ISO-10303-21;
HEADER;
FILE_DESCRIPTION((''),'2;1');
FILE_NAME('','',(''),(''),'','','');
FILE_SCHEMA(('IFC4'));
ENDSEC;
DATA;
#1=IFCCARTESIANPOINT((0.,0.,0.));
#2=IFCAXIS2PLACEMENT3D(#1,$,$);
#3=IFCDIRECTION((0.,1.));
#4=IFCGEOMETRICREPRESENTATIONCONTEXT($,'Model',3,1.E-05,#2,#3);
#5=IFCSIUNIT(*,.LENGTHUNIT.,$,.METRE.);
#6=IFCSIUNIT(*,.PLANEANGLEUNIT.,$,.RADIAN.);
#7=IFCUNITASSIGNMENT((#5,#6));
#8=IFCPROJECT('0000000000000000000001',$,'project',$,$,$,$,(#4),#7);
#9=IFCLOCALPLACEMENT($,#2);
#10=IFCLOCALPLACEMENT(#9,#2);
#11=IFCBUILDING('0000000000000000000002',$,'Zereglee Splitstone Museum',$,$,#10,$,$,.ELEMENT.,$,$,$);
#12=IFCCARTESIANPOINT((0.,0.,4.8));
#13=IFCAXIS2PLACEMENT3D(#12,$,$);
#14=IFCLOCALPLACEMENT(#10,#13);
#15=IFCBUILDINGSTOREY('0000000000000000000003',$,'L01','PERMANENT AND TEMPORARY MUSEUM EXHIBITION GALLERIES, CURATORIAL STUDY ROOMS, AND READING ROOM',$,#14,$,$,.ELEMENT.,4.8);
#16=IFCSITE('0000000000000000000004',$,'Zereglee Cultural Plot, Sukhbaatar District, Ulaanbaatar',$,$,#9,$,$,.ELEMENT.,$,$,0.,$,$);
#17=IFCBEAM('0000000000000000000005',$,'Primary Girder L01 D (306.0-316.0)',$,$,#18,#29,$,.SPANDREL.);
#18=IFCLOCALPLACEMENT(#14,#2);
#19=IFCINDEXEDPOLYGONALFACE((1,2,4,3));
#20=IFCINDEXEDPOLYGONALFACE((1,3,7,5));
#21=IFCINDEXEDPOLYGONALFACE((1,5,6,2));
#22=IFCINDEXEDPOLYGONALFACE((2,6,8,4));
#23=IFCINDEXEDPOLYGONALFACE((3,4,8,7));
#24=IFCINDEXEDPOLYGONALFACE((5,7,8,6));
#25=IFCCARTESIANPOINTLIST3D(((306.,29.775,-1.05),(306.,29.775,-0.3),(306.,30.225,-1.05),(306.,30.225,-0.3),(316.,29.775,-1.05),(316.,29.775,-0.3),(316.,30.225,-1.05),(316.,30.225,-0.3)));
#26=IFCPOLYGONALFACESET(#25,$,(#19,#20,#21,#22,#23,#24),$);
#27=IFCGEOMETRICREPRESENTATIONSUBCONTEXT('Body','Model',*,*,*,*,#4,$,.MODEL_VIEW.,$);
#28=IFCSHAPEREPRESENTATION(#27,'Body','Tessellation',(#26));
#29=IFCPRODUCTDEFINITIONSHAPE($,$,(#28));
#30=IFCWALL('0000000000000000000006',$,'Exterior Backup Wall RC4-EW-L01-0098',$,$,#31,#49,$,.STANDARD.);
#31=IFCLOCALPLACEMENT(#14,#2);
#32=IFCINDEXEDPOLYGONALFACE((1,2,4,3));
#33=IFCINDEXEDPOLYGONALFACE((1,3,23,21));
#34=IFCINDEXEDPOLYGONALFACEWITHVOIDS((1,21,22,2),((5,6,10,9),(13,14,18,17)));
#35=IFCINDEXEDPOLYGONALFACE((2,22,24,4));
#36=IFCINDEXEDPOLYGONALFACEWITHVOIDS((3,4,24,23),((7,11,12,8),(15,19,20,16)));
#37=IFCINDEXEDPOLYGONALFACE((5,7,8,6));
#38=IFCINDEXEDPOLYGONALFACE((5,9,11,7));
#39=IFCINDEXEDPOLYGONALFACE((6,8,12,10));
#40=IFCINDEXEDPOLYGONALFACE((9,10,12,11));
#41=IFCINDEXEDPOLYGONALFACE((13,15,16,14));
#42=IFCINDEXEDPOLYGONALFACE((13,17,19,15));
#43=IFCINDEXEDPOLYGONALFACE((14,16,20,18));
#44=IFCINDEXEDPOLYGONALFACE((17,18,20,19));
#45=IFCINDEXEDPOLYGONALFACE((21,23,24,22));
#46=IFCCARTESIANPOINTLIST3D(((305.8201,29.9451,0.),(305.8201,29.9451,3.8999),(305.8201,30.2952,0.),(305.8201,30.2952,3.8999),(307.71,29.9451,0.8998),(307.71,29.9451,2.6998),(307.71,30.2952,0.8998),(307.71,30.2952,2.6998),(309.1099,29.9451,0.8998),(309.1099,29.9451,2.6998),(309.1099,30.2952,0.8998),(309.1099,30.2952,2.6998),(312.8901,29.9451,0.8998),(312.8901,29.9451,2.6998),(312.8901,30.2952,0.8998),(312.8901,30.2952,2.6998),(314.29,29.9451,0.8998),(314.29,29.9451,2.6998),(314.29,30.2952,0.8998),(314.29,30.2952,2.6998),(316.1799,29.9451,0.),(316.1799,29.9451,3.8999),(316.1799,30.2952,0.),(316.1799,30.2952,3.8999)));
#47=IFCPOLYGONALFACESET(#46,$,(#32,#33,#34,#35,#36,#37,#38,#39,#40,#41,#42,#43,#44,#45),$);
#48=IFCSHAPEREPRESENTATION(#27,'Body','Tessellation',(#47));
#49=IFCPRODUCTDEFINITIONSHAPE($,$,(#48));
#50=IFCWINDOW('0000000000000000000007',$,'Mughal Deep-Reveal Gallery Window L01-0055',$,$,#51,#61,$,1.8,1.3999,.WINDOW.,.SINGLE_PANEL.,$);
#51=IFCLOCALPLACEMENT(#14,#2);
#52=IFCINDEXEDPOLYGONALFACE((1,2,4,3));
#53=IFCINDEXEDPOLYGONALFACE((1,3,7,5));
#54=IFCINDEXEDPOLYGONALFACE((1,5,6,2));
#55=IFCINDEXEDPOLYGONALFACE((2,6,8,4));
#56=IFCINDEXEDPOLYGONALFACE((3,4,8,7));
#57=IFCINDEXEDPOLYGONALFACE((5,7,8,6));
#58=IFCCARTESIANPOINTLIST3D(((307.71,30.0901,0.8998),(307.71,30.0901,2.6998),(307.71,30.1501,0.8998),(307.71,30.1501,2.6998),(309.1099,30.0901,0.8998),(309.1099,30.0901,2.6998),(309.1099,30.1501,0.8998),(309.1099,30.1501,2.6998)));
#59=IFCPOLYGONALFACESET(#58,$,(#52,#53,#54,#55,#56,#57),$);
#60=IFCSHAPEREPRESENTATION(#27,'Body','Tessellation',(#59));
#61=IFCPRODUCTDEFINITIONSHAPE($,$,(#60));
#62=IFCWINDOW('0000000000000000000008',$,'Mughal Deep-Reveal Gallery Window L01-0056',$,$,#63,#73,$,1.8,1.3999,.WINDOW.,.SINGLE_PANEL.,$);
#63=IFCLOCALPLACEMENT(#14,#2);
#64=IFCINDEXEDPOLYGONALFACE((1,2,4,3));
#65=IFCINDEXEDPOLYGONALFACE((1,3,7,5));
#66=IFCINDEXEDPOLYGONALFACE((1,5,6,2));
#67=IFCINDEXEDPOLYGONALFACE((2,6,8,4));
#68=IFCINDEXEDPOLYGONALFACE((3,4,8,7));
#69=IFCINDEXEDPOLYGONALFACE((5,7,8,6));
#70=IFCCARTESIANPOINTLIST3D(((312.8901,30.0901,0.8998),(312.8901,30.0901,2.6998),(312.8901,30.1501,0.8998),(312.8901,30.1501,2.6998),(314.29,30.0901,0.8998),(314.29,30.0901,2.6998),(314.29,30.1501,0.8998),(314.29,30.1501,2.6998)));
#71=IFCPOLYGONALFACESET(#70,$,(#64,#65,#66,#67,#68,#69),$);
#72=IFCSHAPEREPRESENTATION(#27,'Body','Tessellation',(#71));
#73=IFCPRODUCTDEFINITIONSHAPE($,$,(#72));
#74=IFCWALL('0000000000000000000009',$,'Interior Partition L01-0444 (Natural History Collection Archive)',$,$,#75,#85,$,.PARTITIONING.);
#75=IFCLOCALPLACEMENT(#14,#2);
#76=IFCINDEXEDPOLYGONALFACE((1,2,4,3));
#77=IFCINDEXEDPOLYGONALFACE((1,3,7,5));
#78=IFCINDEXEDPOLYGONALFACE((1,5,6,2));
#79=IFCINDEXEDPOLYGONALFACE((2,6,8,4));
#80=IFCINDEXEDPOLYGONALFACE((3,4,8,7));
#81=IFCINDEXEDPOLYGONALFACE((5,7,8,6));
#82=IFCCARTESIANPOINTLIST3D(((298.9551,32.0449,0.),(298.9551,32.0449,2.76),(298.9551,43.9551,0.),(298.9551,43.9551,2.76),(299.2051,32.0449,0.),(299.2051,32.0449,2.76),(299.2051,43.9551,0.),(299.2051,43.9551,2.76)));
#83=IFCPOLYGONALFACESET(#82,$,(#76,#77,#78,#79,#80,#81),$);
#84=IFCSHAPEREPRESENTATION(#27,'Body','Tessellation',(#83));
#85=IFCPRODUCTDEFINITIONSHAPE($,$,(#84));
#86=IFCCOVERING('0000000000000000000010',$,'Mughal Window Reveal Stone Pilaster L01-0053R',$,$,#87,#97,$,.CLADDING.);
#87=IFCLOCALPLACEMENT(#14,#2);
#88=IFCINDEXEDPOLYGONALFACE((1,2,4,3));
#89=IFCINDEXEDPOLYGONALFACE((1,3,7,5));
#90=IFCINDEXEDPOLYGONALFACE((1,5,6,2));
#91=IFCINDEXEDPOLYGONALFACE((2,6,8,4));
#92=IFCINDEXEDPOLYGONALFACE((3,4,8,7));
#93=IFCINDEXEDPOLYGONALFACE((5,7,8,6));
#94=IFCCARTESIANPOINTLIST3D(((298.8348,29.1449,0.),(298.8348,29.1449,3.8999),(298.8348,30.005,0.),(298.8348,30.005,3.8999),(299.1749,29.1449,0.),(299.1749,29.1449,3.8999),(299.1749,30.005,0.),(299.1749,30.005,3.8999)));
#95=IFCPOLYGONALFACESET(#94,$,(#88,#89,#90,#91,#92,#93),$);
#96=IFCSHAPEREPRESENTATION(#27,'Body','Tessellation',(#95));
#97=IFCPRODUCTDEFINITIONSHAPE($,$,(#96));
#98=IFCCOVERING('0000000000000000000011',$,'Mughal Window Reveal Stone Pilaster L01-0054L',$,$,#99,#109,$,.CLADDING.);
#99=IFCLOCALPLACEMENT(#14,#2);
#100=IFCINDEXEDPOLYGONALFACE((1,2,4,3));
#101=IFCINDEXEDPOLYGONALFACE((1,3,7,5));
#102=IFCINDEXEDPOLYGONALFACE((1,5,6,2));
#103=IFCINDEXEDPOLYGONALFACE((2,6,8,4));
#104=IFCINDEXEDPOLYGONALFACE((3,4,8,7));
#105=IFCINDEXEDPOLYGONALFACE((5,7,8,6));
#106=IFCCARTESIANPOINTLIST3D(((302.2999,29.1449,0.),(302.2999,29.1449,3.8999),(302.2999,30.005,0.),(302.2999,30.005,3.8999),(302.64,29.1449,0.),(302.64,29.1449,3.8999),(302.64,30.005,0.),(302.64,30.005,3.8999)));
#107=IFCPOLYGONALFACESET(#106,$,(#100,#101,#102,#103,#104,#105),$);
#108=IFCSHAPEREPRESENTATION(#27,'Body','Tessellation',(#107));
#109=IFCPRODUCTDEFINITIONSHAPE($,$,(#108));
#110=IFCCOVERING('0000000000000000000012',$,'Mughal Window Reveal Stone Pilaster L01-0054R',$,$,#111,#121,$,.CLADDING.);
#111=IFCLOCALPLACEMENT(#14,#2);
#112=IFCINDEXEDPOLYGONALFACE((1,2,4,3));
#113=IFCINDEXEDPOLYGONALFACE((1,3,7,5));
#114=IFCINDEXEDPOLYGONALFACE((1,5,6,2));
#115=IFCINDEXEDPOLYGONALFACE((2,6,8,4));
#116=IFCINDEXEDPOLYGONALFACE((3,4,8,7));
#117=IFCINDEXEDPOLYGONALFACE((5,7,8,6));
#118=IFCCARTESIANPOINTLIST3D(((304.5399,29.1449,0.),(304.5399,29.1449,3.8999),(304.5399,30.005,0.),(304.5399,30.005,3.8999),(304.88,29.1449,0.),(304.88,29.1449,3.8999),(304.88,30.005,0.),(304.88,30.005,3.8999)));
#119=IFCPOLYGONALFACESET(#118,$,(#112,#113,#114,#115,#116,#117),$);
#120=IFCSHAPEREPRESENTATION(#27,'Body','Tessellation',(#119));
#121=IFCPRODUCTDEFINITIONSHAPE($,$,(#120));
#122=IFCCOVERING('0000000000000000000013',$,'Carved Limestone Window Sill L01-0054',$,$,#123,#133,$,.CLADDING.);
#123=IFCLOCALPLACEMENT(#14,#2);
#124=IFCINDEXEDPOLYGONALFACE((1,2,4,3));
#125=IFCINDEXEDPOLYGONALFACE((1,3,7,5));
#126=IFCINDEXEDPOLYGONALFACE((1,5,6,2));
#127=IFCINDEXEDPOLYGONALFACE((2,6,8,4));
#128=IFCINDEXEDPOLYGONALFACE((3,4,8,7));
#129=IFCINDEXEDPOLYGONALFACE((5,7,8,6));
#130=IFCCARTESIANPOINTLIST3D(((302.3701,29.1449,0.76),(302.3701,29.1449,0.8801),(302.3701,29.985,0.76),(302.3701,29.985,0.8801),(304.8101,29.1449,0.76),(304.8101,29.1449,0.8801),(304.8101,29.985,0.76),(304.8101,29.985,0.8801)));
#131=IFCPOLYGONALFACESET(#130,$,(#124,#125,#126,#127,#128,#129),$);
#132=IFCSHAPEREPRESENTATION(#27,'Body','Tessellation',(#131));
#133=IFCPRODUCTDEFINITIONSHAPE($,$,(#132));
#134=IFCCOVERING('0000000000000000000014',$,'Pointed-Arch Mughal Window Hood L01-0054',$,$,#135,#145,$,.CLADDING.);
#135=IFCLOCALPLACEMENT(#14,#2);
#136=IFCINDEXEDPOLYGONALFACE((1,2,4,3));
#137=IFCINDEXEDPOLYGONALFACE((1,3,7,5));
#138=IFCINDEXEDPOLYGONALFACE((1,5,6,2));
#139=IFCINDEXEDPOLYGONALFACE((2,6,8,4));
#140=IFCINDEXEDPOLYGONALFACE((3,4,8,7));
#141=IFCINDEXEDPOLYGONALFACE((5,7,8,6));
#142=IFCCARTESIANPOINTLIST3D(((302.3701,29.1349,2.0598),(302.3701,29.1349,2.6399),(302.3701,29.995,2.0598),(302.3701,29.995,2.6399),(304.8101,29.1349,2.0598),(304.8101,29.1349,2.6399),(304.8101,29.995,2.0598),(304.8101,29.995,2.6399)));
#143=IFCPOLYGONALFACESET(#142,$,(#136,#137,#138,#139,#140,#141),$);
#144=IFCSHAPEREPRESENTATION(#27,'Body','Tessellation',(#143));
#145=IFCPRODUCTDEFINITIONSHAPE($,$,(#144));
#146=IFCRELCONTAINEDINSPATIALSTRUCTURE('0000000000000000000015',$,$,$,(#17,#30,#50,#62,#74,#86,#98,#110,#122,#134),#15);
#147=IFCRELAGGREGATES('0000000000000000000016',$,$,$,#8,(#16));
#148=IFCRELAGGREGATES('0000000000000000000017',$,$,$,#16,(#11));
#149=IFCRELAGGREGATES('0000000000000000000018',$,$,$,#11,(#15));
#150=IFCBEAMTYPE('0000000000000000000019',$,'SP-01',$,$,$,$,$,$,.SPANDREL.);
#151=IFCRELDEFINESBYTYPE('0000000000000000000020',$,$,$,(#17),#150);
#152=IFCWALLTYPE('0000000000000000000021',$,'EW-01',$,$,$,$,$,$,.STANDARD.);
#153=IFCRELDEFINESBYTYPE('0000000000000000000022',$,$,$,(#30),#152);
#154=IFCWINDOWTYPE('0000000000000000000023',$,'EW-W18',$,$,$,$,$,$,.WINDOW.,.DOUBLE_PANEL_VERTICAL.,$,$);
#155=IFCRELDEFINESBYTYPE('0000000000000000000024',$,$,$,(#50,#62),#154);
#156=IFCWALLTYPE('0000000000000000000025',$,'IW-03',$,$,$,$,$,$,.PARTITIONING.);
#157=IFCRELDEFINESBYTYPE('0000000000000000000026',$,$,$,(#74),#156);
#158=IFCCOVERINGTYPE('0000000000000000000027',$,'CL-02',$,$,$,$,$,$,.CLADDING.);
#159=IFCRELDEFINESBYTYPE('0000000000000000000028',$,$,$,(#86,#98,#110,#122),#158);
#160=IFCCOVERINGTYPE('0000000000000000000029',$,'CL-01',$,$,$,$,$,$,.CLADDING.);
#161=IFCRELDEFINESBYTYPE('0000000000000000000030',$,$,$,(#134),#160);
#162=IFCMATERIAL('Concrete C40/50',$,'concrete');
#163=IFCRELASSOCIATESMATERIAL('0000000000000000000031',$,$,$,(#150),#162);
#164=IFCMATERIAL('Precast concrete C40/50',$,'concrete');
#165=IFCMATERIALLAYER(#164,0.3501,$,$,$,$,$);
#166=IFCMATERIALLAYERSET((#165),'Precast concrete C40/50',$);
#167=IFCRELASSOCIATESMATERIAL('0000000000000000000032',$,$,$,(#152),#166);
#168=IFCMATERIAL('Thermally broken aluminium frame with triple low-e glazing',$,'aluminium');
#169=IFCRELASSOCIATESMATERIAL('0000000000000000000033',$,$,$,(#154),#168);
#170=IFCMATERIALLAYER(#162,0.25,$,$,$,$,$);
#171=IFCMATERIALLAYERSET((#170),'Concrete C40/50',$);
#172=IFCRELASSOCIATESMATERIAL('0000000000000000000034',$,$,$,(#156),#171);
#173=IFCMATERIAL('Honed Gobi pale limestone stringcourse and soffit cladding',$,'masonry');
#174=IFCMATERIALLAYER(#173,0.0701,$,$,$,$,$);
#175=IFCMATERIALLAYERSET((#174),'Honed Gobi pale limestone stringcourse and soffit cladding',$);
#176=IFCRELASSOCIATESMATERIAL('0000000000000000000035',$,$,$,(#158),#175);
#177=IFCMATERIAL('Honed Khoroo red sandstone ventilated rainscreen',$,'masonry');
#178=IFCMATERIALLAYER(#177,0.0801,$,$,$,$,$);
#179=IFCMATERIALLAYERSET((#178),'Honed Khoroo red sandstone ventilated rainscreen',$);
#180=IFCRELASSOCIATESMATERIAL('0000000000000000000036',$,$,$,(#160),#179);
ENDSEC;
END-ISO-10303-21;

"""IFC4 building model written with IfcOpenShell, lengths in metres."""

from ifc_helpers import new_model, si_unit, direction, frame, frame_2d, origin, origin_2d, place, context, subcontext, project, spatial, rectangle, extrude, material, layer, layer_set, material_profile, profile_set, type_object, element, fill, save


model = new_model("IFC4")

# Units and contexts
model_context = context("Model", 3, precision=1e-05, world=origin(), true_north=direction((0.0, 1.0)))
body_context = subcontext(model_context, "Body", "Model", "MODEL_VIEW")
ifc_project = project(units=[si_unit("LENGTHUNIT", "METRE"), si_unit("PLANEANGLEUNIT", "RADIAN")], contexts=[model_context])

# Site, building, storey
site_placement = place(None, origin())
site = spatial("IfcSite", under=ifc_project, at=site_placement, Name="Zereglee Cultural Plot, Sukhbaatar District, Ulaanbaatar", CompositionType="ELEMENT", RefElevation=0.0)
building_placement = place(site_placement, origin())
building = spatial("IfcBuilding", under=site, at=building_placement, Name="Zereglee Splitstone Museum", CompositionType="ELEMENT")
storey_placement = place(building_placement, frame((0.0, 0.0, 4.8)))
storey = spatial("IfcBuildingStorey", under=building, at=storey_placement, Name="L01", Description="PERMANENT AND TEMPORARY MUSEUM EXHIBITION GALLERIES, CURATORIAL STUDY ROOMS, AND READING ROOM", CompositionType="ELEMENT", Elevation=4.8)

# Beam
ifc_material_1 = material(Name="Concrete C40/50", Category="concrete")
ifc_material_profile_1 = material_profile(ifc_material_1, rectangle(XDim=0.45, YDim=0.75, at=origin_2d()), Name="RC 450x750")
ifc_profile_set_1 = profile_set([ifc_material_profile_1], Name="Concrete C40/50")
beam_type_1 = type_object("IfcBeamType", Name="SP-01", PredefinedType="SPANDREL", material=ifc_profile_set_1)
beam_1_placement = place(storey_placement, frame((306.0, 30.0, -0.675), z_axis=(1.0, 0.0, 0.0), x_axis=(0.0, 1.0, 0.0)))
element("IfcBeam", 1, at=beam_1_placement, inside=storey, type_object=beam_type_1, Name="Primary Girder L01 D (306.0-316.0)", PredefinedType="SPANDREL", context=body_context, shape_type="SweptSolid", body=[
    extrude(rectangle(XDim=0.45, YDim=0.75, at=origin_2d()), origin(), (0.0, 0.0, 1.0), 10.0),
])

# Wall, openings, windows
ifc_material_2 = material(Name="Precast concrete C40/50", Category="concrete")
ifc_layer_1 = layer(ifc_material_2, 0.3501)
ifc_layer_set_1 = layer_set([ifc_layer_1], Name="Precast concrete C40/50")
wall_type_1 = type_object("IfcWallType", Name="EW-01", PredefinedType="STANDARD", material=ifc_layer_set_1)
wall_1_placement = place(storey_placement, frame((305.8201, 30.1201, 0.0), z_axis=(0.0, 0.0, 1.0), x_axis=(1.0, 0.0, 0.0)))
wall_1 = element("IfcWall", 2, at=wall_1_placement, inside=storey, type_object=wall_type_1, Name="Exterior Backup Wall RC4-EW-L01-0098", PredefinedType="STANDARD", context=body_context, shape_type="SweptSolid", body=[
    extrude(rectangle(XDim=10.3599, YDim=0.3501, at=frame_2d((5.1799, 0.0))), origin(), (0.0, 0.0, 1.0), 3.8999),
])
opening_1_placement = place(wall_1_placement, frame((1.8899, 0.0, 0.8999)))
opening_1 = element("IfcOpeningElement", 3, at=opening_1_placement, cuts=wall_1, PredefinedType="OPENING", context=body_context, shape_type="SweptSolid", body=[
    extrude(rectangle(XDim=1.3999, YDim=1.8, at=frame_2d((0.7, 0.8999))), frame((0.0, 0.1899, 0.0), z_axis=(0.0, -1.0, 0.0), x_axis=(1.0, 0.0, 0.0)), (0.0, 0.0, 1.0), 0.3799),
])
opening_2_placement = place(wall_1_placement, frame((7.0701, 0.0, 0.8999)))
opening_2 = element("IfcOpeningElement", 4, at=opening_2_placement, cuts=wall_1, PredefinedType="OPENING", context=body_context, shape_type="SweptSolid", body=[
    extrude(rectangle(XDim=1.3999, YDim=1.8, at=frame_2d((0.7, 0.8999))), frame((0.0, 0.1899, 0.0), z_axis=(0.0, -1.0, 0.0), x_axis=(1.0, 0.0, 0.0)), (0.0, 0.0, 1.0), 0.3799),
])
ifc_material_3 = material(Name="Thermally broken aluminium frame with triple low-e glazing", Category="aluminium")
window_type = type_object("IfcWindowType", Name="EW-W18", PartitioningType="DOUBLE_PANEL_VERTICAL", PredefinedType="WINDOW", material=ifc_material_3)
window_1_placement = place(opening_1_placement, origin())
window_1 = element("IfcWindow", 5, at=window_1_placement, inside=storey, type_object=window_type, Name="Mughal Deep-Reveal Gallery Window L01-0055", OverallHeight=1.8, OverallWidth=1.3999, PartitioningType="SINGLE_PANEL", PredefinedType="WINDOW", context=body_context, shape_type="SweptSolid", body=[
    extrude(rectangle(XDim=1.3999, YDim=1.8, at=frame_2d((0.7, 0.8999))), frame((0.0, 0.03, 0.0), z_axis=(0.0, -1.0, 0.0), x_axis=(1.0, 0.0, 0.0)), (0.0, 0.0, 1.0), 0.0601),
])
fill(opening_1, window_1)
window_2_placement = place(opening_2_placement, origin())
window_2 = element("IfcWindow", 6, at=window_2_placement, inside=storey, type_object=window_type, Name="Mughal Deep-Reveal Gallery Window L01-0056", OverallHeight=1.8, OverallWidth=1.3999, PartitioningType="SINGLE_PANEL", PredefinedType="WINDOW", context=body_context, shape_type="SweptSolid", body=[
    extrude(rectangle(XDim=1.3999, YDim=1.8, at=frame_2d((0.7, 0.8999))), frame((0.0, 0.03, 0.0), z_axis=(0.0, -1.0, 0.0), x_axis=(1.0, 0.0, 0.0)), (0.0, 0.0, 1.0), 0.0601),
])
fill(opening_2, window_2)

# Wall
ifc_layer_2 = layer(ifc_material_1, 0.25)
ifc_layer_set_2 = layer_set([ifc_layer_2], Name="Concrete C40/50")
wall_type_2 = type_object("IfcWallType", Name="IW-03", PredefinedType="PARTITIONING", material=ifc_layer_set_2)
wall_2_placement = place(storey_placement, frame((299.0801, 32.0449, 0.0), z_axis=(0.0, 0.0, 1.0), x_axis=(0.0, 1.0, 0.0)))
element("IfcWall", 7, at=wall_2_placement, inside=storey, type_object=wall_type_2, Name="Interior Partition L01-0444 (Natural History Collection Archive)", PredefinedType="PARTITIONING", context=body_context, shape_type="SweptSolid", body=[
    extrude(rectangle(XDim=11.9102, YDim=0.25, at=frame_2d((5.9551, 0.0))), origin(), (0.0, 0.0, 1.0), 2.76),
])

# Coverings
ifc_material_4 = material(Name="Honed Gobi pale limestone stringcourse and soffit cladding", Category="masonry")
ifc_layer_3 = layer(ifc_material_4, 0.0701)
ifc_layer_set_3 = layer_set([ifc_layer_3], Name="Honed Gobi pale limestone stringcourse and soffit cladding")
covering_type_1 = type_object("IfcCoveringType", Name="CL-02", PredefinedType="CLADDING", material=ifc_layer_set_3)
for number, where, z_axis, x_axis, name in (
    (8, (299.0049, 29.575, 0.0), (0.0, 0.0, 1.0), (1.0, 0.0, 0.0), "Mughal Window Reveal Stone Pilaster L01-0053R"),
    (9, (302.47, 29.575, 0.0), (0.0, 0.0, 1.0), (1.0, 0.0, 0.0), "Mughal Window Reveal Stone Pilaster L01-0054L"),
    (10, (304.71, 29.575, 0.0), (0.0, 0.0, 1.0), (1.0, 0.0, 0.0), "Mughal Window Reveal Stone Pilaster L01-0054R"),
):
    element("IfcCovering", number, at=place(storey_placement, frame(where, z_axis=z_axis, x_axis=x_axis)), inside=storey, type_object=covering_type_1, Name=name, PredefinedType="CLADDING", context=body_context, shape_type="SweptSolid", body=[
        extrude(rectangle(XDim=0.3401, YDim=0.8601, at=origin_2d()), origin(), (0.0, 0.0, 1.0), 3.8999),
    ])
covering_1_placement = place(storey_placement, frame((303.5901, 29.5649, 0.76), z_axis=(0.0, 0.0, 1.0), x_axis=(1.0, 0.0, 0.0)))
element("IfcCovering", 11, at=covering_1_placement, inside=storey, type_object=covering_type_1, Name="Carved Limestone Window Sill L01-0054", PredefinedType="CLADDING", context=body_context, shape_type="SweptSolid", body=[
    extrude(rectangle(XDim=2.4399, YDim=0.8401, at=origin_2d()), origin(), (0.0, 0.0, 1.0), 0.1201),
])
ifc_material_5 = material(Name="Honed Khoroo red sandstone ventilated rainscreen", Category="masonry")
ifc_layer_4 = layer(ifc_material_5, 0.0801)
ifc_layer_set_4 = layer_set([ifc_layer_4], Name="Honed Khoroo red sandstone ventilated rainscreen")
covering_type_2 = type_object("IfcCoveringType", Name="CL-01", PredefinedType="CLADDING", material=ifc_layer_set_4)
covering_2_placement = place(storey_placement, frame((303.5901, 29.5649, 2.0598), z_axis=(0.0, 0.0, 1.0), x_axis=(1.0, 0.0, 0.0)))
element("IfcCovering", 12, at=covering_2_placement, inside=storey, type_object=covering_type_2, Name="Pointed-Arch Mughal Window Hood L01-0054", PredefinedType="CLADDING", context=body_context, shape_type="SweptSolid", body=[
    extrude(rectangle(XDim=2.4399, YDim=0.8601, at=origin_2d()), origin(), (0.0, 0.0, 1.0), 0.5801),
])

save(model, "model.ifc")
